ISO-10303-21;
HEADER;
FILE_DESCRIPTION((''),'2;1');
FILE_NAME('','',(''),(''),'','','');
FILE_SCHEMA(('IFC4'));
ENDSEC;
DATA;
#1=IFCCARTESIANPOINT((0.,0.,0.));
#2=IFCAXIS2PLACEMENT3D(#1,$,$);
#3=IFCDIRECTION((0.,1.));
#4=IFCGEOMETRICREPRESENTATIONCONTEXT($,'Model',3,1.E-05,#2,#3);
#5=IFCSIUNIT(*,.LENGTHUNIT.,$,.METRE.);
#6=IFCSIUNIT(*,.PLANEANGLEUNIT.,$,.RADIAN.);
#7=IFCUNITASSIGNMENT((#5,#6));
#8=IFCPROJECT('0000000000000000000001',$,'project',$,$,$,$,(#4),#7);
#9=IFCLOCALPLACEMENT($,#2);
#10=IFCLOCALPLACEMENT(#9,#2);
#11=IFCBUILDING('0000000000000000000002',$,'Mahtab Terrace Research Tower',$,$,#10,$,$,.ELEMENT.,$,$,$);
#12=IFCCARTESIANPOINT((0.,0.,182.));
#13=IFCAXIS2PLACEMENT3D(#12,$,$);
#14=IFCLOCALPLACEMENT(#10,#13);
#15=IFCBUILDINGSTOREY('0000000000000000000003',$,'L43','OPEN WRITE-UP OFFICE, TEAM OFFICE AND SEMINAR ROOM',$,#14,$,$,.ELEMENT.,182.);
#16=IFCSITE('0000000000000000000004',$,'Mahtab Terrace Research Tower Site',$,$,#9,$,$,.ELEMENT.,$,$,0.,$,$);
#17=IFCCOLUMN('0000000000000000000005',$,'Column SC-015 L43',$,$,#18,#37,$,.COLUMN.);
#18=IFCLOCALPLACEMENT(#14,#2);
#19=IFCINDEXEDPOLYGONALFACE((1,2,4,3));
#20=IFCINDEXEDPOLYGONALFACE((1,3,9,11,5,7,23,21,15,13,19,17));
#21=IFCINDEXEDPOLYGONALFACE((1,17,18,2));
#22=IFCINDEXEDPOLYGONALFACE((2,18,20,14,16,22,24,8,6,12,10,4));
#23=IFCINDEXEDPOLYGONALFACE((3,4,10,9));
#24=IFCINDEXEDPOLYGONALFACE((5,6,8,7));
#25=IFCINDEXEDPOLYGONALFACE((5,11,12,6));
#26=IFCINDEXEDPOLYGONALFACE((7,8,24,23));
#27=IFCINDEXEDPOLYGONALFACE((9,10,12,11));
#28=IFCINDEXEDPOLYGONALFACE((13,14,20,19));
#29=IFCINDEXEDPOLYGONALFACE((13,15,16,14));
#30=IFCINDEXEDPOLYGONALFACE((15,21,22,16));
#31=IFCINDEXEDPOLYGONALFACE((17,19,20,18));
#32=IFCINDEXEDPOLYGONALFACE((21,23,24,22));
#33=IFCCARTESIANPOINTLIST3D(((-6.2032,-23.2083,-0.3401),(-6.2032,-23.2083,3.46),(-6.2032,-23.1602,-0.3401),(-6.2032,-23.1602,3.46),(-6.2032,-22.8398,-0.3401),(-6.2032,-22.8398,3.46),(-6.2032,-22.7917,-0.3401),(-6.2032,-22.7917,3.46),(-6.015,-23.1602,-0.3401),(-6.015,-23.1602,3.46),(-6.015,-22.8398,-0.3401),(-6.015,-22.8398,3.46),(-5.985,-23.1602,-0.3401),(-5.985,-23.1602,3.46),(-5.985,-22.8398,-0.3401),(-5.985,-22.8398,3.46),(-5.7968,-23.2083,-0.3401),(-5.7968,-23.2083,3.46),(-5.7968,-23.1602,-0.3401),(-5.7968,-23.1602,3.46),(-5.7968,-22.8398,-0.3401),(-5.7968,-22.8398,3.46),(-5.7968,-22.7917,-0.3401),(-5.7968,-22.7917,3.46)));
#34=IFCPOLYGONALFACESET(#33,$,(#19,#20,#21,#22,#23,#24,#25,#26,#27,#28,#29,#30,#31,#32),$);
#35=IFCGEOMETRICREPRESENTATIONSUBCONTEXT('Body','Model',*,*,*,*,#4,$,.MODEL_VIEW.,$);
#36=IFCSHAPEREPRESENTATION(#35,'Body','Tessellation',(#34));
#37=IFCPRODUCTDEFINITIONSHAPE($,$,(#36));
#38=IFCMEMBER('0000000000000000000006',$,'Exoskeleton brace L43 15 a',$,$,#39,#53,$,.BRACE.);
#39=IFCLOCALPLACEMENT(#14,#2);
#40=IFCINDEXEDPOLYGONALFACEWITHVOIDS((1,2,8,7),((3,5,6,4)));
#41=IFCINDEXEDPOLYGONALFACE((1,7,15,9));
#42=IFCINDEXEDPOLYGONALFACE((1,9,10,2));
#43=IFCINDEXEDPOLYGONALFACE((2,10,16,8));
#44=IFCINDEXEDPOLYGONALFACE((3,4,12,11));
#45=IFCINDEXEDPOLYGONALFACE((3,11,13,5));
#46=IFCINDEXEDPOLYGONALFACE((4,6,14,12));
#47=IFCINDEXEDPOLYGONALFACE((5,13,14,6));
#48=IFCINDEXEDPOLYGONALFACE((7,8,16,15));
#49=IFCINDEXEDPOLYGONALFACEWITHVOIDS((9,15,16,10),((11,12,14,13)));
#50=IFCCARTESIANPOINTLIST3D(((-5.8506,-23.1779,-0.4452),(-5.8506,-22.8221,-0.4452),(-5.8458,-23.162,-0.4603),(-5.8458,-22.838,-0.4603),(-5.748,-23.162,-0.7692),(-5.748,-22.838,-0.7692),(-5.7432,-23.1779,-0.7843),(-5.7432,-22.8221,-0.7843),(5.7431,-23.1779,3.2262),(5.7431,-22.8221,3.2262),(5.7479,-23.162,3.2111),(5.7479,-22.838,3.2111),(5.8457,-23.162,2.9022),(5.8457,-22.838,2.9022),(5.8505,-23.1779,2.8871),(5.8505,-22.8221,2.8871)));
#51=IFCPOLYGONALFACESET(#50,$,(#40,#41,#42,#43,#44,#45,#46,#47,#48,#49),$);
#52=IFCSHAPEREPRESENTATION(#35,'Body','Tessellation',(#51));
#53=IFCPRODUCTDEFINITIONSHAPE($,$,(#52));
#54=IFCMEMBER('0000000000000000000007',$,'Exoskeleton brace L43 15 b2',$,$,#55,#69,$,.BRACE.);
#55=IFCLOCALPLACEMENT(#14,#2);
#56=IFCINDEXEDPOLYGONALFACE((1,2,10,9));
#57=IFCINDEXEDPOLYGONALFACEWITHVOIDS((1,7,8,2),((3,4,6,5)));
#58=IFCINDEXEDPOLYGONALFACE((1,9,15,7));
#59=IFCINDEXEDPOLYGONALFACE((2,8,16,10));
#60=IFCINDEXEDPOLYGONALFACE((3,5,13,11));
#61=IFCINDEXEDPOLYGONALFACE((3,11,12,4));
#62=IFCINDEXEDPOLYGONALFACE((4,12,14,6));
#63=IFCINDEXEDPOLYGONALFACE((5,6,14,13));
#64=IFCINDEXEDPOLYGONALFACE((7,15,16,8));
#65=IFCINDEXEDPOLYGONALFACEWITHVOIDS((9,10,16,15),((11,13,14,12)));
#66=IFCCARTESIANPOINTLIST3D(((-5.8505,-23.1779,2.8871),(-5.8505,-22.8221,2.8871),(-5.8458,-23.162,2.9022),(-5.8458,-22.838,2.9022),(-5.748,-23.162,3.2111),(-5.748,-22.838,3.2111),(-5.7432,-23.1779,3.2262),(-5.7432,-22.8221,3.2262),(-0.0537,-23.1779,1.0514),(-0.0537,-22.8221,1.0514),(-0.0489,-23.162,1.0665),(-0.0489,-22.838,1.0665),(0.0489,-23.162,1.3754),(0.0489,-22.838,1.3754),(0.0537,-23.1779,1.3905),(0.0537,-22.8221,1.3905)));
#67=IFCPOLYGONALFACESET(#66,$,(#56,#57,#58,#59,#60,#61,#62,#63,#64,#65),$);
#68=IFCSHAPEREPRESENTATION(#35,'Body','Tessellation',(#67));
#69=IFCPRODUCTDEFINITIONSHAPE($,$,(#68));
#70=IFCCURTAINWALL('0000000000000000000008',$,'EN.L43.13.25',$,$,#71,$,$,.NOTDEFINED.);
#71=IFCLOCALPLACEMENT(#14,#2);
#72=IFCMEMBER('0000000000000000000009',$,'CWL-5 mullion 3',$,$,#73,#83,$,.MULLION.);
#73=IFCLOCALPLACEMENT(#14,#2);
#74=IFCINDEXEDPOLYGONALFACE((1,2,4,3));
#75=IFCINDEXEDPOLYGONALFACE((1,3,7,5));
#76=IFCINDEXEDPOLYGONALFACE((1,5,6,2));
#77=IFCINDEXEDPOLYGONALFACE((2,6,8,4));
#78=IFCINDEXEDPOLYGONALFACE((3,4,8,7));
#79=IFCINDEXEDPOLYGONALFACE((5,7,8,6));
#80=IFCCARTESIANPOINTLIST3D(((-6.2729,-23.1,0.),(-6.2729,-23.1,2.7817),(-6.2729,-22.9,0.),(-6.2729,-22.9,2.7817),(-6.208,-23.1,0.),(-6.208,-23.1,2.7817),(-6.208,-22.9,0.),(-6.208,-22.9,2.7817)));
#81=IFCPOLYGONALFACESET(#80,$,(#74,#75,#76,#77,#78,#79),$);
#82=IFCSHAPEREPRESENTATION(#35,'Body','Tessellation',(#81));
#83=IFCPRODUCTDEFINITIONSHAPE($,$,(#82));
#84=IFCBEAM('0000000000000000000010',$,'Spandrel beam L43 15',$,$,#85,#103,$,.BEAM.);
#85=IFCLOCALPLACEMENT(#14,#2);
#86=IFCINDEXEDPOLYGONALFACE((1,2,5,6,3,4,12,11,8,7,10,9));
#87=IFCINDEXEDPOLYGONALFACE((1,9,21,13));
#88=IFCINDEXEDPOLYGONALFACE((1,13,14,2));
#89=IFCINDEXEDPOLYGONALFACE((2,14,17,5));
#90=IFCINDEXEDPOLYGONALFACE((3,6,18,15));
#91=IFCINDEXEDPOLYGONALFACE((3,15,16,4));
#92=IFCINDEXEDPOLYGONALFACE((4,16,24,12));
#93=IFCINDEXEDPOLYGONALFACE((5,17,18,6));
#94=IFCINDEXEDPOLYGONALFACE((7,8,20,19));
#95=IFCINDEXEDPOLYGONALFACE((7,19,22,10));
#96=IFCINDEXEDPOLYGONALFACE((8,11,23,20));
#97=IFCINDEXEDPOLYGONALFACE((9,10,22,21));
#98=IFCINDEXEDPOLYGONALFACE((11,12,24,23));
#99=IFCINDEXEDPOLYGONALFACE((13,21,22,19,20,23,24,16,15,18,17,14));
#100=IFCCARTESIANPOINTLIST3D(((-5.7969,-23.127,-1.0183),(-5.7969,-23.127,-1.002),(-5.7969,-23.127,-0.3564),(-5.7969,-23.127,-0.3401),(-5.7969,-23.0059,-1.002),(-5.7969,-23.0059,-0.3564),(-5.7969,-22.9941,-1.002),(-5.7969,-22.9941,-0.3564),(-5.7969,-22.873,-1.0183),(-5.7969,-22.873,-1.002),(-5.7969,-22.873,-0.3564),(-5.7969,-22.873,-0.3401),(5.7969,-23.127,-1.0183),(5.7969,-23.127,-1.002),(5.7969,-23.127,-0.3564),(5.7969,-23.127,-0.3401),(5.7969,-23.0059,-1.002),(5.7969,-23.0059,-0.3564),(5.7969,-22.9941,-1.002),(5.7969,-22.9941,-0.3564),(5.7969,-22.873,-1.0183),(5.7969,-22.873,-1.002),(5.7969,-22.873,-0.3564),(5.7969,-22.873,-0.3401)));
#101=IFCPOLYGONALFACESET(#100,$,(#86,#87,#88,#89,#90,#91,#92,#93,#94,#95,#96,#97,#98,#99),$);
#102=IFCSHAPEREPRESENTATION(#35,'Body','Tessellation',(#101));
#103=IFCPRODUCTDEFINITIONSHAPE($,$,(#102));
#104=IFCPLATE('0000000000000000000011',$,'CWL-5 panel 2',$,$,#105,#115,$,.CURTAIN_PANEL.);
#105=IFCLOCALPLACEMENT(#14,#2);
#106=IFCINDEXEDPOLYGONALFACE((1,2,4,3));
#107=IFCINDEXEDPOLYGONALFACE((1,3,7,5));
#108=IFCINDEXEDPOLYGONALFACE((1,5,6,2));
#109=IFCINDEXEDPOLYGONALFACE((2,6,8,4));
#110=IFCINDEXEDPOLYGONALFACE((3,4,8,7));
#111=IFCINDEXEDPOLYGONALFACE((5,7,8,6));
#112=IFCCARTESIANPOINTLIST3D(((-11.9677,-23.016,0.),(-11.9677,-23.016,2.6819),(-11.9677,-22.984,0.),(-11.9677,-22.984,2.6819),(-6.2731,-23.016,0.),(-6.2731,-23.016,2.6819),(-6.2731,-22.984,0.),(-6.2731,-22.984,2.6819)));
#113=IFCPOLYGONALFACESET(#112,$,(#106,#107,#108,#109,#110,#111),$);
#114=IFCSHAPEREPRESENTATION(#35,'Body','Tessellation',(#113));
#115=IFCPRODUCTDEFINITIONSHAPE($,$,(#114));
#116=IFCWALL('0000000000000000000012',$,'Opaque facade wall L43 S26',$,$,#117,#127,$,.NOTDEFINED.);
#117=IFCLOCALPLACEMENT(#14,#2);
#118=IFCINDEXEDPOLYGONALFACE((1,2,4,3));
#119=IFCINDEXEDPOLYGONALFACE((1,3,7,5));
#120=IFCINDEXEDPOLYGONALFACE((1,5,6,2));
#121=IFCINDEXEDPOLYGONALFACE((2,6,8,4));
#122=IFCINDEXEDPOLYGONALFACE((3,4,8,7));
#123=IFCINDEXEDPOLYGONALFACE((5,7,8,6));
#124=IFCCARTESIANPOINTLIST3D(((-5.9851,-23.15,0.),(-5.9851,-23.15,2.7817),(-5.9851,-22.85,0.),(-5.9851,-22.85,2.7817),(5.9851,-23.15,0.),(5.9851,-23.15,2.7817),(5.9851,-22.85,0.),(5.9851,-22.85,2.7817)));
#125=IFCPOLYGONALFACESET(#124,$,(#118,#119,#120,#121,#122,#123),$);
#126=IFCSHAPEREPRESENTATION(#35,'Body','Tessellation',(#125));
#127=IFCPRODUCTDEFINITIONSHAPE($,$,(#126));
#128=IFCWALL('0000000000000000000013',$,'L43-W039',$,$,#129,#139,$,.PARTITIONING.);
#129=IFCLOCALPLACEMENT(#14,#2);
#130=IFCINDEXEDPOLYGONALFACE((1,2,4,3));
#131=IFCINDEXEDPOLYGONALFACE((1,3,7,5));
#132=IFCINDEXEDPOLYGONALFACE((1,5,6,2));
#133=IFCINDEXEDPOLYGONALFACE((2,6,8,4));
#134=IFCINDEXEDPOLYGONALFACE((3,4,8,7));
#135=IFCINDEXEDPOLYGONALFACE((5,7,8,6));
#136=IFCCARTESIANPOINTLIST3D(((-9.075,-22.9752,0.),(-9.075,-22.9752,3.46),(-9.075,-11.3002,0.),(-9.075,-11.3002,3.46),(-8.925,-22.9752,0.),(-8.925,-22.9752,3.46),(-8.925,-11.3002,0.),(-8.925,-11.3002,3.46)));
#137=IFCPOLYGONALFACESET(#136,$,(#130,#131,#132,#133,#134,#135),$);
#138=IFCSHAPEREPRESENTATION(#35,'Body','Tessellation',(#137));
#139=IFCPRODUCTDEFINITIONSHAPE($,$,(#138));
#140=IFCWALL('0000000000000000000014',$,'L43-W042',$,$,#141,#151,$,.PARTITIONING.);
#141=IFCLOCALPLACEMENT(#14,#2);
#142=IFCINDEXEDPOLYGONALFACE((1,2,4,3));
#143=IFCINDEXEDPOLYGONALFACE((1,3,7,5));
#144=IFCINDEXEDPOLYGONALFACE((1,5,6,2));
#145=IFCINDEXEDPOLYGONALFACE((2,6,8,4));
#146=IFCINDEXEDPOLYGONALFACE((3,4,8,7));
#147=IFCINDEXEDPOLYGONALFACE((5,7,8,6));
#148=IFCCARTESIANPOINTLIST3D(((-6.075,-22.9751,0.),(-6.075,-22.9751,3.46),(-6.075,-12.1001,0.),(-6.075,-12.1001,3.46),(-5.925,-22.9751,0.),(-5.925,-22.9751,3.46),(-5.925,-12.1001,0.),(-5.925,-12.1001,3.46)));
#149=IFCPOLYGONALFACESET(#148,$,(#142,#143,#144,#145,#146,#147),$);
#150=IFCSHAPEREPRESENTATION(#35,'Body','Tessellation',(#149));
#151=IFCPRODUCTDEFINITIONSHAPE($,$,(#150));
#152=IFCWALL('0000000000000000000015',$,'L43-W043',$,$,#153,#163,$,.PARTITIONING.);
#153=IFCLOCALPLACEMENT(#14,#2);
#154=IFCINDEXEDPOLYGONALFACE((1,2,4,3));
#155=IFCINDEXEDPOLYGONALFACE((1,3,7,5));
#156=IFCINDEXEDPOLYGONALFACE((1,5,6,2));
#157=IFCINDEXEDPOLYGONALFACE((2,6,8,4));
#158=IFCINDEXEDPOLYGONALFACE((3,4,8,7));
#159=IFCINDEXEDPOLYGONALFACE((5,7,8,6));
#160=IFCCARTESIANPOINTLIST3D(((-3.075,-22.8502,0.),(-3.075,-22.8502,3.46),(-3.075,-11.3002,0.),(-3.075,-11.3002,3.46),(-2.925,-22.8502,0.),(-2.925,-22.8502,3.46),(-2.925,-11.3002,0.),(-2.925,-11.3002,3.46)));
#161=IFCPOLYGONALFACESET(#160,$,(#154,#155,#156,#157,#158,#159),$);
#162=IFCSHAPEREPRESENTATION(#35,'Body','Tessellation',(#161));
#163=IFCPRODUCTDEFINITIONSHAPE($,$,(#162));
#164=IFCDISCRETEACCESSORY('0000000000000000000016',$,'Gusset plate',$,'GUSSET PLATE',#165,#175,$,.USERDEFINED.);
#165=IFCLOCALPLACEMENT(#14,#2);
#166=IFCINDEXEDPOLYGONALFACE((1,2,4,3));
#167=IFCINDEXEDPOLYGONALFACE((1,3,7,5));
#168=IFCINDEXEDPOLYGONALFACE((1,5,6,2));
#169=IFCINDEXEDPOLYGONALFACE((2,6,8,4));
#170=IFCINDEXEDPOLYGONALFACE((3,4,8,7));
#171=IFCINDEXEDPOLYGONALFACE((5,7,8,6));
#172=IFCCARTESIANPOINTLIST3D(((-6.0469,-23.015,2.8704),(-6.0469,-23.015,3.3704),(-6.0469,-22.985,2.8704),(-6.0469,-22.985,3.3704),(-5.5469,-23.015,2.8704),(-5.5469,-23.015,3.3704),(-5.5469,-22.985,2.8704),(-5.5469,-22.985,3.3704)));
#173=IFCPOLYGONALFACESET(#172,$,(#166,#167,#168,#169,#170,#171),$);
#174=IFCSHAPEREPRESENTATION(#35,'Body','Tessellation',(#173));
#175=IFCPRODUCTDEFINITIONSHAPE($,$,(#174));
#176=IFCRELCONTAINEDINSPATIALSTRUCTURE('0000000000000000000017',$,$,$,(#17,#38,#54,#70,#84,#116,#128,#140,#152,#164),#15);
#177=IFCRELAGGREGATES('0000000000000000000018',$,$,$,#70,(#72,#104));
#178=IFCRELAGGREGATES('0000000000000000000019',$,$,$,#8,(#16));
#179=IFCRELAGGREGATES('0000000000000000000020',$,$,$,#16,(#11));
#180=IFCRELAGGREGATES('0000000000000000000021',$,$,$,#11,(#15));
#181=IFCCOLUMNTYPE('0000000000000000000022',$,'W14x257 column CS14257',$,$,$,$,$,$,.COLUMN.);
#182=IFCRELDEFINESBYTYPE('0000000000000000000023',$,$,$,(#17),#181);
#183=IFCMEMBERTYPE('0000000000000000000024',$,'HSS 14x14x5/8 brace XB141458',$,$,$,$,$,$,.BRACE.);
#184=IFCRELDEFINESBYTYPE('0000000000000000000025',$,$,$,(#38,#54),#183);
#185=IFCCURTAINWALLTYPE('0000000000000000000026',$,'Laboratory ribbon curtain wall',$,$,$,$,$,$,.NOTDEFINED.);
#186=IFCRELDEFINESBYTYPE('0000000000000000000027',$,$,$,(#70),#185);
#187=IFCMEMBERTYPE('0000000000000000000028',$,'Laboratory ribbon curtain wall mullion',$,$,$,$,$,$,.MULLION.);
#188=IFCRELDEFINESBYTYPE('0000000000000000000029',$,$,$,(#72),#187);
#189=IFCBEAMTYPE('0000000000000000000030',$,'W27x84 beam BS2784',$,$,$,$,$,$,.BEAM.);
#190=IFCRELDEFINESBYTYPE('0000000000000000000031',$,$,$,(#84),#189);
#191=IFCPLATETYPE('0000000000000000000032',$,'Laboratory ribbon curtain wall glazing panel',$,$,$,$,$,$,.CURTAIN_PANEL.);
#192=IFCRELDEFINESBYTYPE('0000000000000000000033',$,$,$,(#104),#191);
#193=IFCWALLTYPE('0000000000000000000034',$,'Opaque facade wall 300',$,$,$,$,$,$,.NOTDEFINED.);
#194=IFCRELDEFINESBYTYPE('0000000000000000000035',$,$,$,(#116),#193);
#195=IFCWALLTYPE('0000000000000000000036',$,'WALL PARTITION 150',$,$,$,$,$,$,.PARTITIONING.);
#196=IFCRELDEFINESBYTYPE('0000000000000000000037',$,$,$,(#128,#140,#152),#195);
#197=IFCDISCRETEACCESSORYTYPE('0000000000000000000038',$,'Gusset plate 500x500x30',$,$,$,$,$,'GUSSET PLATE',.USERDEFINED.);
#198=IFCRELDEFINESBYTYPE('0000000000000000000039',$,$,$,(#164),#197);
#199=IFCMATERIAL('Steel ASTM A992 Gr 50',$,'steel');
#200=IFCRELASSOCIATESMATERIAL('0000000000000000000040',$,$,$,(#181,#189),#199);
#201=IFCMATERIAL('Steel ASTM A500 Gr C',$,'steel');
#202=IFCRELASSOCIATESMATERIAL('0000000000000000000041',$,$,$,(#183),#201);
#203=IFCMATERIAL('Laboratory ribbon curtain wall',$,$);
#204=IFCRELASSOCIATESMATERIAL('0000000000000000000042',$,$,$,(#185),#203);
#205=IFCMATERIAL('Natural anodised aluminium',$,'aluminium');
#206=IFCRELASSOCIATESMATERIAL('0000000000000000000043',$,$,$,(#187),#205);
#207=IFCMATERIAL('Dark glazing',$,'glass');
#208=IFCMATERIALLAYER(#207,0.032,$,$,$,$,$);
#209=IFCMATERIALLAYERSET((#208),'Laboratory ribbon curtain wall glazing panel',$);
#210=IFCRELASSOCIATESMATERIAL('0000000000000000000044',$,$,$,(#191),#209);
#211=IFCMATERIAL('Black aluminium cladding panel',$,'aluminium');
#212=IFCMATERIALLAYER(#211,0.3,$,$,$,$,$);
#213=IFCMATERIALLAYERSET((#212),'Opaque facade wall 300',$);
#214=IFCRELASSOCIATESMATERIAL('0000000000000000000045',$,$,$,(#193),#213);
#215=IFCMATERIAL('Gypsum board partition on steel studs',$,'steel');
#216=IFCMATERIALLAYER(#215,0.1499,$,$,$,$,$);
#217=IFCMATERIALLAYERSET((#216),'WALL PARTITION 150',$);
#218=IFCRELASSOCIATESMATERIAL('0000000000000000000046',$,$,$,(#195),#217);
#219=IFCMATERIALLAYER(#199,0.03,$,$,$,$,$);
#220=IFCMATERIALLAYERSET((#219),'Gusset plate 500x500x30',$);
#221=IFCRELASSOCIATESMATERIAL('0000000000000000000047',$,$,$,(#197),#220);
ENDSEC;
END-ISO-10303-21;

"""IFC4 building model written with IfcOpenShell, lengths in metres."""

from ifc_helpers import new_model, si_unit, direction, frame, frame_2d, origin, origin_2d, place, context, subcontext, project, spatial, rectangle, hollow_rectangle, i_section, extrude, material, layer, layer_set, material_profile, profile_set, type_object, element, aggregate, save


model = new_model("IFC4")

# Units and contexts
model_context = context("Model", 3, precision=1e-05, world=origin(), true_north=direction((0.0, 1.0)))
body_context = subcontext(model_context, "Body", "Model", "MODEL_VIEW")
ifc_project = project(units=[si_unit("LENGTHUNIT", "METRE"), si_unit("PLANEANGLEUNIT", "RADIAN")], contexts=[model_context])

# Site, building, storey
site_placement = place(None, origin())
site = spatial("IfcSite", under=ifc_project, at=site_placement, Name="Mahtab Terrace Research Tower Site", CompositionType="ELEMENT", RefElevation=0.0)
building_placement = place(site_placement, origin())
building = spatial("IfcBuilding", under=site, at=building_placement, Name="Mahtab Terrace Research Tower", CompositionType="ELEMENT")
storey_placement = place(building_placement, frame((0.0, 0.0, 182.0)))
storey = spatial("IfcBuildingStorey", under=building, at=storey_placement, Name="L43", Description="OPEN WRITE-UP OFFICE, TEAM OFFICE AND SEMINAR ROOM", CompositionType="ELEMENT", Elevation=182.0)

# Column
ifc_material_1 = material(Name="Steel ASTM A992 Gr 50", Category="steel")
ifc_material_profile_1 = material_profile(ifc_material_1, i_section(OverallWidth=0.4065, OverallDepth=0.4165, WebThickness=0.03, FlangeThickness=0.0481, at=origin_2d()), Name="W14X257")
ifc_profile_set_1 = profile_set([ifc_material_profile_1], Name="Steel ASTM A992 Gr 50")
column_type = type_object("IfcColumnType", Name="W14x257 column CS14257", PredefinedType="COLUMN", material=ifc_profile_set_1)
column_placement = place(storey_placement, frame((-6.0, -23.0, -0.3401), z_axis=(0.0, 0.0, 1.0), x_axis=(1.0, 0.0, 0.0)))
element("IfcColumn", 1, at=column_placement, inside=storey, type_object=column_type, Name="Column SC-015 L43", PredefinedType="COLUMN", context=body_context, shape_type="SweptSolid", body=[
    extrude(i_section(OverallWidth=0.4065, OverallDepth=0.4165, WebThickness=0.03, FlangeThickness=0.0481, at=origin_2d()), origin(), (0.0, 0.0, 1.0), 3.8),
])

# Members
ifc_material_2 = material(Name="Steel ASTM A500 Gr C", Category="steel")
ifc_material_profile_2 = material_profile(ifc_material_2, hollow_rectangle(XDim=0.3557, YDim=0.3557, WallThickness=0.0159, at=origin_2d()), Name="HSS14X14X5/8")
ifc_profile_set_2 = profile_set([ifc_material_profile_2], Name="Steel ASTM A500 Gr C")
member_type_1 = type_object("IfcMemberType", Name="HSS 14x14x5/8 brace XB141458", PredefinedType="BRACE", material=ifc_profile_set_2)
member_1_placement = place(storey_placement, frame((-5.7969, -23.0, -0.6147), z_axis=(0.953341, 0.0, 0.301894), x_axis=(0.0, 1.0, 0.0)))
element("IfcMember", 2, at=member_1_placement, inside=storey, type_object=member_type_1, Name="Exoskeleton brace L43 15 a", PredefinedType="BRACE", context=body_context, shape_type="SweptSolid", body=[
    extrude(hollow_rectangle(XDim=0.3557, YDim=0.3557, WallThickness=0.0159, at=origin_2d()), origin(), (0.0, 0.0, 1.0), 12.1611),
])
member_2_placement = place(storey_placement, frame((0.0, -23.0, 1.2209), z_axis=(-0.953341, 0.0, 0.301894), x_axis=(0.0, -1.0, 0.0)))
element("IfcMember", 3, at=member_2_placement, inside=storey, type_object=member_type_1, Name="Exoskeleton brace L43 15 b2", PredefinedType="BRACE", context=body_context, shape_type="SweptSolid", body=[
    extrude(hollow_rectangle(XDim=0.3557, YDim=0.3557, WallThickness=0.0159, at=origin_2d()), origin(), (0.0, 0.0, 1.0), 6.0806),
])

# Curtain wall, member
ifc_material_3 = material(Name="Laboratory ribbon curtain wall")
curtain_wall_type = type_object("IfcCurtainWallType", Name="Laboratory ribbon curtain wall", PredefinedType="NOTDEFINED", material=ifc_material_3)
curtain_wall_placement = place(storey_placement, origin())
curtain_wall = element("IfcCurtainWall", 4, at=curtain_wall_placement, inside=storey, type_object=curtain_wall_type, Name="EN.L43.13.25", PredefinedType="NOTDEFINED")
ifc_material_4 = material(Name="Natural anodised aluminium", Category="aluminium")
ifc_material_profile_3 = material_profile(ifc_material_4, rectangle(XDim=0.2, YDim=0.0649, at=origin_2d()), Name="MULLION 65x200")
ifc_profile_set_3 = profile_set([ifc_material_profile_3], Name="Natural anodised aluminium")
member_type_2 = type_object("IfcMemberType", Name="Laboratory ribbon curtain wall mullion", PredefinedType="MULLION", material=ifc_profile_set_3)
member_3_placement = place(storey_placement, frame((-6.2405, -23.0, 0.0), z_axis=(0.0, 0.0, 1.0), x_axis=(0.0, 1.0, 0.0)))
member_3 = element("IfcMember", 5, at=member_3_placement, type_object=member_type_2, Name="CWL-5 mullion 3", PredefinedType="MULLION", context=body_context, shape_type="SweptSolid", body=[
    extrude(rectangle(XDim=0.2, YDim=0.0649, at=origin_2d()), origin(), (0.0, 0.0, 1.0), 2.7817),
])

# Beam
ifc_material_profile_4 = material_profile(ifc_material_1, i_section(OverallWidth=0.2539, OverallDepth=0.6782, WebThickness=0.0117, FlangeThickness=0.0164, at=origin_2d()), Name="W27X84")
ifc_profile_set_4 = profile_set([ifc_material_profile_4], Name="Steel ASTM A992 Gr 50")
beam_type = type_object("IfcBeamType", Name="W27x84 beam BS2784", PredefinedType="BEAM", material=ifc_profile_set_4)
beam_placement = place(storey_placement, frame((-5.7969, -23.0, -0.6792), z_axis=(1.0, 0.0, 0.0), x_axis=(0.0, 1.0, 0.0)))
element("IfcBeam", 6, at=beam_placement, inside=storey, type_object=beam_type, Name="Spandrel beam L43 15", PredefinedType="BEAM", context=body_context, shape_type="SweptSolid", body=[
    extrude(i_section(OverallWidth=0.2539, OverallDepth=0.6782, WebThickness=0.0117, FlangeThickness=0.0164, at=origin_2d()), origin(), (0.0, 0.0, 1.0), 11.5938),
])

# Plate
ifc_material_5 = material(Name="Dark glazing", Category="glass")
ifc_layer_1 = layer(ifc_material_5, 0.032)
ifc_layer_set_1 = layer_set([ifc_layer_1], Name="Laboratory ribbon curtain wall glazing panel")
plate_type = type_object("IfcPlateType", Name="Laboratory ribbon curtain wall glazing panel", PredefinedType="CURTAIN_PANEL", material=ifc_layer_set_1)
plate_placement = place(storey_placement, frame((-9.1204, -23.0, 0.0), z_axis=(0.0, 0.0, 1.0), x_axis=(1.0, 0.0, 0.0)))
plate = element("IfcPlate", 7, at=plate_placement, type_object=plate_type, Name="CWL-5 panel 2", PredefinedType="CURTAIN_PANEL", context=body_context, shape_type="SweptSolid", body=[
    extrude(rectangle(XDim=5.6946, YDim=0.032, at=origin_2d()), origin(), (0.0, 0.0, 1.0), 2.6819),
])
aggregate(curtain_wall, [member_3, plate])

# Walls
ifc_material_6 = material(Name="Black aluminium cladding panel", Category="aluminium")
ifc_layer_2 = layer(ifc_material_6, 0.3)
ifc_layer_set_2 = layer_set([ifc_layer_2], Name="Opaque facade wall 300")
wall_type_1 = type_object("IfcWallType", Name="Opaque facade wall 300", PredefinedType="NOTDEFINED", material=ifc_layer_set_2)
wall_1_placement = place(storey_placement, frame((-5.9851, -23.0, 0.0), z_axis=(0.0, 0.0, 1.0), x_axis=(1.0, 0.0, 0.0)))
element("IfcWall", 8, at=wall_1_placement, inside=storey, type_object=wall_type_1, Name="Opaque facade wall L43 S26", PredefinedType="NOTDEFINED", context=body_context, shape_type="SweptSolid", body=[
    extrude(rectangle(XDim=11.9702, YDim=0.3, at=frame_2d((5.9851, 0.0))), origin(), (0.0, 0.0, 1.0), 2.7817),
])
ifc_material_7 = material(Name="Gypsum board partition on steel studs", Category="steel")
ifc_layer_3 = layer(ifc_material_7, 0.1499)
ifc_layer_set_3 = layer_set([ifc_layer_3], Name="WALL PARTITION 150")
wall_type_2 = type_object("IfcWallType", Name="WALL PARTITION 150", PredefinedType="PARTITIONING", material=ifc_layer_set_3)
wall_2_placement = place(storey_placement, frame((-9.0, -22.9751, 0.0), z_axis=(0.0, 0.0, 1.0), x_axis=(0.0, 1.0, 0.0)))
element("IfcWall", 9, at=wall_2_placement, inside=storey, type_object=wall_type_2, Name="L43-W039", PredefinedType="PARTITIONING", context=body_context, shape_type="SweptSolid", body=[
    extrude(rectangle(XDim=11.675, YDim=0.1499, at=frame_2d((5.8374, 0.0))), origin(), (0.0, 0.0, 1.0), 3.46),
])
wall_3_placement = place(storey_placement, frame((-6.0, -22.9751, 0.0), z_axis=(0.0, 0.0, 1.0), x_axis=(0.0, 1.0, 0.0)))
element("IfcWall", 10, at=wall_3_placement, inside=storey, type_object=wall_type_2, Name="L43-W042", PredefinedType="PARTITIONING", context=body_context, shape_type="SweptSolid", body=[
    extrude(rectangle(XDim=10.875, YDim=0.1499, at=frame_2d((5.4375, 0.0))), origin(), (0.0, 0.0, 1.0), 3.46),
])
wall_4_placement = place(storey_placement, frame((-3.0, -22.8501, 0.0), z_axis=(0.0, 0.0, 1.0), x_axis=(0.0, 1.0, 0.0)))
element("IfcWall", 11, at=wall_4_placement, inside=storey, type_object=wall_type_2, Name="L43-W043", PredefinedType="PARTITIONING", context=body_context, shape_type="SweptSolid", body=[
    extrude(rectangle(XDim=11.55, YDim=0.1499, at=frame_2d((5.7749, 0.0))), origin(), (0.0, 0.0, 1.0), 3.46),
])

# Discrete accessory
ifc_layer_4 = layer(ifc_material_1, 0.03)
ifc_layer_set_4 = layer_set([ifc_layer_4], Name="Gusset plate 500x500x30")
discrete_accessory_type = type_object("IfcDiscreteAccessoryType", Name="Gusset plate 500x500x30", ElementType="GUSSET PLATE", PredefinedType="USERDEFINED", material=ifc_layer_set_4)
for number, where, z_axis, x_axis, name in (
    (12, (-5.7969, -23.0, 2.8704), (0.0, 0.0, 1.0), (1.0, 0.0, 0.0), "Gusset plate"),
):
    element("IfcDiscreteAccessory", number, at=place(storey_placement, frame(where, z_axis=z_axis, x_axis=x_axis)), inside=storey, type_object=discrete_accessory_type, Name=name, ObjectType="GUSSET PLATE", PredefinedType="USERDEFINED", context=body_context, shape_type="SweptSolid", body=[
        extrude(rectangle(XDim=0.5, YDim=0.03, at=origin_2d()), origin(), (0.0, 0.0, 1.0), 0.5),
    ])

save(model, "model.ifc")
